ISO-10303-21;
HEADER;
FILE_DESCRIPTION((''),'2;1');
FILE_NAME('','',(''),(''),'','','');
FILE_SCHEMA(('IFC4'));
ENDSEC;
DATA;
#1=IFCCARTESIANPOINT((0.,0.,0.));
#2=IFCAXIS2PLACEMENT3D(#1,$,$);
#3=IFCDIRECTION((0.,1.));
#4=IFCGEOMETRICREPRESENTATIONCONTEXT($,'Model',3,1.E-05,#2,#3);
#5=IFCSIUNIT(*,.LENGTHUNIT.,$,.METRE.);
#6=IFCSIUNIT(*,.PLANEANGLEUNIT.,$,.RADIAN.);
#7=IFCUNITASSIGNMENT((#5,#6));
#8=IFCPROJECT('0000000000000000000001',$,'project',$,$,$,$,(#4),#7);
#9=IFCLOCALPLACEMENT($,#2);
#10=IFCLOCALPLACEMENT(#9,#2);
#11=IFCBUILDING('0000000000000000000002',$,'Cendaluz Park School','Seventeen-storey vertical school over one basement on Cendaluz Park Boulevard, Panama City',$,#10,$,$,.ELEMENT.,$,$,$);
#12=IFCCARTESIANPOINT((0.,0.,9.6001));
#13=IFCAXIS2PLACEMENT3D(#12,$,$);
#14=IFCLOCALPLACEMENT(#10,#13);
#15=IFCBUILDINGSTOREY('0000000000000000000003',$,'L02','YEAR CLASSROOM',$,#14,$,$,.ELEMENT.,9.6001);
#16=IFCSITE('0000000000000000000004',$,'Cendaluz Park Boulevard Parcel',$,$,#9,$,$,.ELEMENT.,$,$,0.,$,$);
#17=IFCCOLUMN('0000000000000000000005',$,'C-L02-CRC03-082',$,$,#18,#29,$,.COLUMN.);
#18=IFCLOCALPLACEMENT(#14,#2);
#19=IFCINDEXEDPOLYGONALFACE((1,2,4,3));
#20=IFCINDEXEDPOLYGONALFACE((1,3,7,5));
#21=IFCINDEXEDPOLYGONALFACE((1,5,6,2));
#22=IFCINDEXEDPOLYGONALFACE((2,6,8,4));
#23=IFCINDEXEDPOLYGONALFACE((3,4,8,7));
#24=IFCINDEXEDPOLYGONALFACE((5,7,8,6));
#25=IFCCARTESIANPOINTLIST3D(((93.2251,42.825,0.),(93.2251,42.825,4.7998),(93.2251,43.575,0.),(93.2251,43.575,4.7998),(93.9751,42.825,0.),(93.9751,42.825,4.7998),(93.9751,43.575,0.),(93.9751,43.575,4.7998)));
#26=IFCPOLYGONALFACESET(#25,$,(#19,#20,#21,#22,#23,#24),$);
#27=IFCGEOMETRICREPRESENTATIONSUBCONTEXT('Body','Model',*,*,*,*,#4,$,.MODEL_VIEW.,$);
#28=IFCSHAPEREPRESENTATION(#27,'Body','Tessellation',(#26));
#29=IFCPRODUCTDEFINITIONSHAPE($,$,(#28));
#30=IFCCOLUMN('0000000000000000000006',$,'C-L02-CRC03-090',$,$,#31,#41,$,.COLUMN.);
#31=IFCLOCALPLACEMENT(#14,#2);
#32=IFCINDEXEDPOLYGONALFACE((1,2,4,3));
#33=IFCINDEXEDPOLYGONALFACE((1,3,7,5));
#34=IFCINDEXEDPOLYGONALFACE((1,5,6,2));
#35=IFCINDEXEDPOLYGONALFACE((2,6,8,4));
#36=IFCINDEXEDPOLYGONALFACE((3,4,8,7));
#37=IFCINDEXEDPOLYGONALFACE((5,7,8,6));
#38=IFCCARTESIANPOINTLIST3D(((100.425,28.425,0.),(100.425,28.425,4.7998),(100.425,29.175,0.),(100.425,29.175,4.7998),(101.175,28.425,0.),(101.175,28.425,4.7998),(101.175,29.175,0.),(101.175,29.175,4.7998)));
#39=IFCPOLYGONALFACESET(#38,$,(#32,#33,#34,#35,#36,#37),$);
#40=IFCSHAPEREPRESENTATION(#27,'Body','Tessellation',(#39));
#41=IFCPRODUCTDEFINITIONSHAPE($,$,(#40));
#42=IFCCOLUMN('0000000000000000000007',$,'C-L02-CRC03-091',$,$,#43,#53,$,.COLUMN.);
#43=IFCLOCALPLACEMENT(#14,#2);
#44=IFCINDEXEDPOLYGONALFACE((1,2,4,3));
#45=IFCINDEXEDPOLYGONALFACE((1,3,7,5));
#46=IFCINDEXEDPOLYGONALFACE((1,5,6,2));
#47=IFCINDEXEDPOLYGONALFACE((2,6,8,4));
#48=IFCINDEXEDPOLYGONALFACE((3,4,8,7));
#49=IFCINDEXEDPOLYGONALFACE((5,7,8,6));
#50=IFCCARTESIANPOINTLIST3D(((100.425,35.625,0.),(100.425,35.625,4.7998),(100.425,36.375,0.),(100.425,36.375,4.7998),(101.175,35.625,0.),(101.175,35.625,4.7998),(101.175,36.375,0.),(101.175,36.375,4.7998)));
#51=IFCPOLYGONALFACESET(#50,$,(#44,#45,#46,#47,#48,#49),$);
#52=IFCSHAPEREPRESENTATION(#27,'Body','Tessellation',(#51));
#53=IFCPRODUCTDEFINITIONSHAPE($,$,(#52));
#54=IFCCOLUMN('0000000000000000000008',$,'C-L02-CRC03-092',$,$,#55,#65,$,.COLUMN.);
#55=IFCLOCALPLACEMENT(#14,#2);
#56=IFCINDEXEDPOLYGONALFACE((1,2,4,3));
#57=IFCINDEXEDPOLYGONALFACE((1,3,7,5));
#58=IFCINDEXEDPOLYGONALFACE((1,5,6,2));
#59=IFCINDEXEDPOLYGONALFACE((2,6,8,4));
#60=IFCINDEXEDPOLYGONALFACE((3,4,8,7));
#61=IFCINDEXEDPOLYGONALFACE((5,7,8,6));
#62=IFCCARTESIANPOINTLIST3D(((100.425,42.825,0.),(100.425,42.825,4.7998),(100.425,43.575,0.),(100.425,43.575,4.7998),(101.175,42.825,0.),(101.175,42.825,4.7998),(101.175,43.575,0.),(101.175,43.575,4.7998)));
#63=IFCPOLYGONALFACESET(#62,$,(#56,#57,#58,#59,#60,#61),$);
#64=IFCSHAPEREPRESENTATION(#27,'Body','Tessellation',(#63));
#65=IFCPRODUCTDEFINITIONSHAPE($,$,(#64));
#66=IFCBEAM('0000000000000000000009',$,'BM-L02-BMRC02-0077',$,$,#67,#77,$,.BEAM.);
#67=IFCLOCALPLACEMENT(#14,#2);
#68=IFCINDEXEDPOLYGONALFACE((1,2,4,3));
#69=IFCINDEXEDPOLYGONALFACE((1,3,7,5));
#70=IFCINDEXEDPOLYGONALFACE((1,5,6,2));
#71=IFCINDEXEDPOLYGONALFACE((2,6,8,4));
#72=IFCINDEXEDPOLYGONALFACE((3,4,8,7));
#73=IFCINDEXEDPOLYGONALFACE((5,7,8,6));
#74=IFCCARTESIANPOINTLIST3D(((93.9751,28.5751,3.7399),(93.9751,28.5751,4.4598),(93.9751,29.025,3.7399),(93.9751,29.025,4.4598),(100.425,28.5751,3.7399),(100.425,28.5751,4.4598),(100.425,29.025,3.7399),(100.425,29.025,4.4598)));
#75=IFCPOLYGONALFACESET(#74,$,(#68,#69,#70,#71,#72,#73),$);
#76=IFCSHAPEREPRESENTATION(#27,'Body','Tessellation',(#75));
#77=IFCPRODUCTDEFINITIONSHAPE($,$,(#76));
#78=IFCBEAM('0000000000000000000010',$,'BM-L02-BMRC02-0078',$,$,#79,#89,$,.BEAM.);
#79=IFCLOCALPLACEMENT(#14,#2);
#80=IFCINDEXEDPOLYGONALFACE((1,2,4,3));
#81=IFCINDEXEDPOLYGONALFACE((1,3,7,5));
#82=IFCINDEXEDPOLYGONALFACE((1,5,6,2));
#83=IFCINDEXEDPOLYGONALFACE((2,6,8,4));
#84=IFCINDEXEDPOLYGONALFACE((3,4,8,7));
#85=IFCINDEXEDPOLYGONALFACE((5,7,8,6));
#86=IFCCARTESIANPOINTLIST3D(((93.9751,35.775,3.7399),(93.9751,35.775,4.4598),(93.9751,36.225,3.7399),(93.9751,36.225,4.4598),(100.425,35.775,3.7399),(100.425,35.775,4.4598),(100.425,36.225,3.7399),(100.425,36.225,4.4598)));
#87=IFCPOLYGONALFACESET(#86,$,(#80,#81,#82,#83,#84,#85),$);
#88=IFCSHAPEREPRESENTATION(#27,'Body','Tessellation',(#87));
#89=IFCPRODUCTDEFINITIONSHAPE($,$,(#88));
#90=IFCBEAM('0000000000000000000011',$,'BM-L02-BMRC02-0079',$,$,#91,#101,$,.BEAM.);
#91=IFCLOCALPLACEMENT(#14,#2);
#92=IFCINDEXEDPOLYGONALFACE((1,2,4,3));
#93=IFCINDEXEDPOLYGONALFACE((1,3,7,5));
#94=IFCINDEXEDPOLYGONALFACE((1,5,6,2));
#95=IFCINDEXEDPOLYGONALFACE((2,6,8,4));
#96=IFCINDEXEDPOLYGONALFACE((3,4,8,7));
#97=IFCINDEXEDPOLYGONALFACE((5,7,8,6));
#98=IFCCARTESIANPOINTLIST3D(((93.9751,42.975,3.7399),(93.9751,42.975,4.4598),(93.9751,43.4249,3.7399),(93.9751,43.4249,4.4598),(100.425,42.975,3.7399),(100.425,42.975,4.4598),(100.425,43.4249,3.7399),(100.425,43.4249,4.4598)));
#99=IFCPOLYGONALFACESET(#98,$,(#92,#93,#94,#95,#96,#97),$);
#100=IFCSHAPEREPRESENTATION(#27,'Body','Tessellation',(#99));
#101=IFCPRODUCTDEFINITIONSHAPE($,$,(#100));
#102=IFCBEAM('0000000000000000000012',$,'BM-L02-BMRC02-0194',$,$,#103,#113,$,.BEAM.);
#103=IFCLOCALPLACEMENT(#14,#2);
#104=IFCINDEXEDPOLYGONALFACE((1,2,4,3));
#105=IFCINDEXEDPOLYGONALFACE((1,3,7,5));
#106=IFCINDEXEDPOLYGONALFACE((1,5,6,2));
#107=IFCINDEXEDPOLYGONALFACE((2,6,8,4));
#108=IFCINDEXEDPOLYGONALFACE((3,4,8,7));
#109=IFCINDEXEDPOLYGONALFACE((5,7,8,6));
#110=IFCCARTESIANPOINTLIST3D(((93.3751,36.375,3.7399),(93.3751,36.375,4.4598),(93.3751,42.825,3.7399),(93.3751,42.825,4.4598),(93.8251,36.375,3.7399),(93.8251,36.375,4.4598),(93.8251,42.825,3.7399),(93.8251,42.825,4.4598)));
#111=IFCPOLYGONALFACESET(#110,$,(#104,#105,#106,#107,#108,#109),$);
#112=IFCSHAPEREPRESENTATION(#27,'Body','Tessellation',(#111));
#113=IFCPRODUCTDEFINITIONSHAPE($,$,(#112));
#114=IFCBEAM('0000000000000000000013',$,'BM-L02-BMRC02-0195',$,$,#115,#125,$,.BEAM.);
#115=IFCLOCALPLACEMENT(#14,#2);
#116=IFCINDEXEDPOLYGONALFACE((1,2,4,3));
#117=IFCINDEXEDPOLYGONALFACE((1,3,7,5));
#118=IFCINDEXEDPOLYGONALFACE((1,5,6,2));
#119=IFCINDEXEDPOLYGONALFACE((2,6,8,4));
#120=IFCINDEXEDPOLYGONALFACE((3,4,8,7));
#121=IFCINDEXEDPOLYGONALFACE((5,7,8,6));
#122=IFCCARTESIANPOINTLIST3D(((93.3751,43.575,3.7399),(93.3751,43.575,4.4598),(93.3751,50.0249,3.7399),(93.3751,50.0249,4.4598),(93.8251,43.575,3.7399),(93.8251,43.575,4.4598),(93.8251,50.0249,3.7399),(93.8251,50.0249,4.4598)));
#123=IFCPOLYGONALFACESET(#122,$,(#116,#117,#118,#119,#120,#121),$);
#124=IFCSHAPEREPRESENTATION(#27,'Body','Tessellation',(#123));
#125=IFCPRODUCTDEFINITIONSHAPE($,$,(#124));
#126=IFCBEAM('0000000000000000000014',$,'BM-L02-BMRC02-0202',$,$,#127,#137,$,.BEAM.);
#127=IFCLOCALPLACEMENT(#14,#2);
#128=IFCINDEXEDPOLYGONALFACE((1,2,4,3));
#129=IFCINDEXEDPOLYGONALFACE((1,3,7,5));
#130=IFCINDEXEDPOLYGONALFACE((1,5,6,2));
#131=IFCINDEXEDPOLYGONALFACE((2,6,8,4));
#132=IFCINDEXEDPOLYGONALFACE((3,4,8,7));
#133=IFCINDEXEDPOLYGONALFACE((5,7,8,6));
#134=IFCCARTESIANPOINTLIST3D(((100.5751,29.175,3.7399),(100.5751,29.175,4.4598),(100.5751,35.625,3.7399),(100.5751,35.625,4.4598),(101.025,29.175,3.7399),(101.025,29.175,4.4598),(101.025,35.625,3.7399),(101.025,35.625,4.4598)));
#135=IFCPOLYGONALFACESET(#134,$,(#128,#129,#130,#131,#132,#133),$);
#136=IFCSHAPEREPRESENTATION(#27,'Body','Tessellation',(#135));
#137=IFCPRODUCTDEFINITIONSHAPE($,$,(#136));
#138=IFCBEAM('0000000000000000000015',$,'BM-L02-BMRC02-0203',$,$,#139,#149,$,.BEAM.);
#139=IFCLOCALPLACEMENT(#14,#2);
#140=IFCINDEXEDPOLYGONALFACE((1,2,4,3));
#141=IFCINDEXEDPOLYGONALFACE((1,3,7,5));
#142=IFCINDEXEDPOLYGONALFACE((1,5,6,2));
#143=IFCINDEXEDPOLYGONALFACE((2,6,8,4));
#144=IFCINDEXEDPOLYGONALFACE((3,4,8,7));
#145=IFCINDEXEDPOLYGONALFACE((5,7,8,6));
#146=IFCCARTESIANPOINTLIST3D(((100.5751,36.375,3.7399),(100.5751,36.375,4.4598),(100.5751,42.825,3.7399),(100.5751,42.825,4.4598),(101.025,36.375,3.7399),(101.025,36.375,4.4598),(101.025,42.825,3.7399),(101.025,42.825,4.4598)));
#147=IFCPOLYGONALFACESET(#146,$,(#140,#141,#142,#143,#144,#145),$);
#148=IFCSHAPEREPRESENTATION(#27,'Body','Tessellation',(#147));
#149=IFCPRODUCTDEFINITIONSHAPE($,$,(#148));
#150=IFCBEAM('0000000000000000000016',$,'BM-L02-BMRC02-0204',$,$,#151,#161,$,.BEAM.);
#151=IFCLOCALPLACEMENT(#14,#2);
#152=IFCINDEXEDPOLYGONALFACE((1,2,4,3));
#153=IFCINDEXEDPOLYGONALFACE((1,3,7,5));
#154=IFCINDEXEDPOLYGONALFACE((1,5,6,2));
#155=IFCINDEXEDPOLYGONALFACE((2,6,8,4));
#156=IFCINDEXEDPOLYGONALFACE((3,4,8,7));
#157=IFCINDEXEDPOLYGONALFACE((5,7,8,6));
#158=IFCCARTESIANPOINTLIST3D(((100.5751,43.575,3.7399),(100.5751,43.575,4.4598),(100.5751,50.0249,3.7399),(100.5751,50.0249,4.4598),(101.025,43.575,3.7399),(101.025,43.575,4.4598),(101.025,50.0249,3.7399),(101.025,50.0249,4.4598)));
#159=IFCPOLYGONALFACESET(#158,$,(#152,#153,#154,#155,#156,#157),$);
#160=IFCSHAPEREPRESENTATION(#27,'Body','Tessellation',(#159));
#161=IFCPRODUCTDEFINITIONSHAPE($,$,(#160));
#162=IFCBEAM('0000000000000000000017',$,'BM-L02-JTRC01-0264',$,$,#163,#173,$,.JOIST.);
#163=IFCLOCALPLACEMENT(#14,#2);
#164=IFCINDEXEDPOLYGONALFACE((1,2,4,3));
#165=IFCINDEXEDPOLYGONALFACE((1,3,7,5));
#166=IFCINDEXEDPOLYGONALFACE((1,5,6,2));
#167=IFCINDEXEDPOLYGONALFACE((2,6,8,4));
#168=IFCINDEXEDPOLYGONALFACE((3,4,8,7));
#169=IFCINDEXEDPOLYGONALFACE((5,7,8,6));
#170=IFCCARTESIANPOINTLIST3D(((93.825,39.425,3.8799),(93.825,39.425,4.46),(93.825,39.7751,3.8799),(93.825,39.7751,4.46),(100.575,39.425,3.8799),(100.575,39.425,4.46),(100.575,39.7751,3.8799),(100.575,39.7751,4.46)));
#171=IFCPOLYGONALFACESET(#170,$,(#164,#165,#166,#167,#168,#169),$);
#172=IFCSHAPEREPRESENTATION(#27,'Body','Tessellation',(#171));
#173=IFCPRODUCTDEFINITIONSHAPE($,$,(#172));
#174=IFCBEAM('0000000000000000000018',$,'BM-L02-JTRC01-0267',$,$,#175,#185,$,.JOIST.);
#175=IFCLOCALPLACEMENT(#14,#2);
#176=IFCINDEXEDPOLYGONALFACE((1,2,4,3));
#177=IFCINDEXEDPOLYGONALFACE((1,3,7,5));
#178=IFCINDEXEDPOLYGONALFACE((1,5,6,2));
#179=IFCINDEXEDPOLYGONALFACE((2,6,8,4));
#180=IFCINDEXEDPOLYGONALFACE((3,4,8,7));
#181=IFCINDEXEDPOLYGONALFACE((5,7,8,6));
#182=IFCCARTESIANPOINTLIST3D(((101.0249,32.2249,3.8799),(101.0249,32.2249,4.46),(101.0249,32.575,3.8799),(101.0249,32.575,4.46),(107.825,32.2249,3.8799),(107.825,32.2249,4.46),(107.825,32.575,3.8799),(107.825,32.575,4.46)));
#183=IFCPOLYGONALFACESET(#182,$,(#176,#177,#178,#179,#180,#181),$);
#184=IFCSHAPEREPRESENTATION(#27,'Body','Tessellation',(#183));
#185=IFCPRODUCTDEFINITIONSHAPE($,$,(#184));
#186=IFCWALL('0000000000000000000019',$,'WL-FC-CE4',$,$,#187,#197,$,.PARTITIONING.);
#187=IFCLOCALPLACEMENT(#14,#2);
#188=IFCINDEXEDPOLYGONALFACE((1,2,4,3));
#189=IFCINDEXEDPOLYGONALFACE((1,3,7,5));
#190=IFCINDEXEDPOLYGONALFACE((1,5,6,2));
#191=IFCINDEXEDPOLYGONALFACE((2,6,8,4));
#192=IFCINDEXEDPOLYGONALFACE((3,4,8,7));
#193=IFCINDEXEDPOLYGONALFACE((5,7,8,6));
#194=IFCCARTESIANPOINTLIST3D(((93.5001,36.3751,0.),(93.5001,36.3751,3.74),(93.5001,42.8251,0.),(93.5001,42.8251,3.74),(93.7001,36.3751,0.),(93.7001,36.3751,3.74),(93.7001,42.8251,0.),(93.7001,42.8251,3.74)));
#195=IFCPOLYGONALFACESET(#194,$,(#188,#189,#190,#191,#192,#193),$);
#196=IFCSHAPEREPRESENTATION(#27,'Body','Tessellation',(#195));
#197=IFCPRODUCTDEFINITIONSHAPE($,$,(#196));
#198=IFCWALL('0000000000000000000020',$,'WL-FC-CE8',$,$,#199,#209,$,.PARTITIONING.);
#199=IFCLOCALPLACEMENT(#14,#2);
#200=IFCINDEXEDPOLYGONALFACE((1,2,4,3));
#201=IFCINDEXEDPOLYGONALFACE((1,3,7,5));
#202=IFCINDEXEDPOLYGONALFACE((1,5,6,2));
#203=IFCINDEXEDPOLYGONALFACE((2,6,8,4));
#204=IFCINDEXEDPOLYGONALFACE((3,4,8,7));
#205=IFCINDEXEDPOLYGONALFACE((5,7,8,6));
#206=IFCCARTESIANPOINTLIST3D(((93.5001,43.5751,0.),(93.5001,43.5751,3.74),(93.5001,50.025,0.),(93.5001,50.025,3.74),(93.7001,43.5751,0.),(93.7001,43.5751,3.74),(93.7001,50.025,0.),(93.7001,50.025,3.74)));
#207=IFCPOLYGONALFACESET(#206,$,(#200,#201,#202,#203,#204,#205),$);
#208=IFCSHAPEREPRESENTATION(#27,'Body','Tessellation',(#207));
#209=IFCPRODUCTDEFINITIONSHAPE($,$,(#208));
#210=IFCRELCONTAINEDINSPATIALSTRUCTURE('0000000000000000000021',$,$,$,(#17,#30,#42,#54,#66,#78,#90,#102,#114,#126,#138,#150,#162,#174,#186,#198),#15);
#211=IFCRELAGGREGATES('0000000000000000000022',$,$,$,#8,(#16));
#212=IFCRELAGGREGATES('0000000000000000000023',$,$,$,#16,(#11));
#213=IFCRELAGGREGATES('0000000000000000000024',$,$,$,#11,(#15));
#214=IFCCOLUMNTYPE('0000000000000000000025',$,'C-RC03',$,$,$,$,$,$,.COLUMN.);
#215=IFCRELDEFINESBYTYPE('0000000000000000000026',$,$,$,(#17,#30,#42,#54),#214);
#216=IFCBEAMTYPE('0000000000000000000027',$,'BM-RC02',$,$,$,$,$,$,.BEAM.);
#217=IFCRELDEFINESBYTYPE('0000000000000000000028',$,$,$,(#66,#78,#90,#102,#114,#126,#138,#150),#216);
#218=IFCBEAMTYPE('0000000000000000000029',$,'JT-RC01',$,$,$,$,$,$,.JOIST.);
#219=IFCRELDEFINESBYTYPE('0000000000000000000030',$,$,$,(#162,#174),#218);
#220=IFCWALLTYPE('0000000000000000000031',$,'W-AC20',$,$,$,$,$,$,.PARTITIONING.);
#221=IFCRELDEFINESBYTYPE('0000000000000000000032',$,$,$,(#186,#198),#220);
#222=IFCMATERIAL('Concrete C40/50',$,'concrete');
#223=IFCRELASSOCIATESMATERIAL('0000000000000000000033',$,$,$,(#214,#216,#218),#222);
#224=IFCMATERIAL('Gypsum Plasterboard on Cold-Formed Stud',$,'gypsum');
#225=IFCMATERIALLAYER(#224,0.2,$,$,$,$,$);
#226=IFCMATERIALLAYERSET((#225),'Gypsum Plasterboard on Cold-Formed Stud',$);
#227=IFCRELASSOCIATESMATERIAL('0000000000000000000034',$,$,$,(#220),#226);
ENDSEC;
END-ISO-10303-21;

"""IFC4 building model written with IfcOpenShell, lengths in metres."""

from ifc_helpers import new_model, si_unit, direction, frame, frame_2d, origin, origin_2d, place, context, subcontext, project, spatial, rectangle, extrude, material, layer, layer_set, material_profile, profile_set, type_object, element, save


model = new_model("IFC4")

# Units and contexts
model_context = context("Model", 3, precision=1e-05, world=origin(), true_north=direction((0.0, 1.0)))
body_context = subcontext(model_context, "Body", "Model", "MODEL_VIEW")
ifc_project = project(units=[si_unit("LENGTHUNIT", "METRE"), si_unit("PLANEANGLEUNIT", "RADIAN")], contexts=[model_context])

# Site, building, storey
site_placement = place(None, origin())
site = spatial("IfcSite", under=ifc_project, at=site_placement, Name="Cendaluz Park Boulevard Parcel", CompositionType="ELEMENT", RefElevation=0.0)
building_placement = place(site_placement, origin())
building = spatial("IfcBuilding", under=site, at=building_placement, Name="Cendaluz Park School", Description="Seventeen-storey vertical school over one basement on Cendaluz Park Boulevard, Panama City", CompositionType="ELEMENT")
storey_placement = place(building_placement, frame((0.0, 0.0, 9.6001)))
storey = spatial("IfcBuildingStorey", under=building, at=storey_placement, Name="L02", Description="YEAR CLASSROOM", CompositionType="ELEMENT", Elevation=9.6001)

# Columns
ifc_material_1 = material(Name="Concrete C40/50", Category="concrete")
ifc_material_profile_1 = material_profile(ifc_material_1, rectangle(XDim=0.75, YDim=0.75, at=origin_2d()), Name="RC 750x750", Category="concrete")
ifc_profile_set_1 = profile_set([ifc_material_profile_1], Name="Concrete C40/50")
column_type = type_object("IfcColumnType", Name="C-RC03", PredefinedType="COLUMN", material=ifc_profile_set_1)
for number, where, z_axis, x_axis, name in (
    (1, (93.6001, 43.2, 0.0), (0.0, 0.0, 1.0), (1.0, 0.0, 0.0), "C-L02-CRC03-082"),
    (2, (100.8, 28.8, 0.0), (0.0, 0.0, 1.0), (1.0, 0.0, 0.0), "C-L02-CRC03-090"),
    (3, (100.8, 36.0, 0.0), (0.0, 0.0, 1.0), (1.0, 0.0, 0.0), "C-L02-CRC03-091"),
    (4, (100.8, 43.2, 0.0), (0.0, 0.0, 1.0), (1.0, 0.0, 0.0), "C-L02-CRC03-092"),
):
    element("IfcColumn", number, at=place(storey_placement, frame(where, z_axis=z_axis, x_axis=x_axis)), inside=storey, type_object=column_type, Name=name, PredefinedType="COLUMN", context=body_context, shape_type="SweptSolid", body=[
        extrude(rectangle(XDim=0.75, YDim=0.75, at=origin_2d()), origin(), (0.0, 0.0, 1.0), 4.7998),
    ])

# Beams
ifc_material_profile_2 = material_profile(ifc_material_1, rectangle(XDim=0.45, YDim=0.72, at=origin_2d()), Name="RC 450x720", Category="concrete")
ifc_profile_set_2 = profile_set([ifc_material_profile_2], Name="Concrete C40/50")
beam_type_1 = type_object("IfcBeamType", Name="BM-RC02", PredefinedType="BEAM", material=ifc_profile_set_2)
for number, where, z_axis, x_axis, name in (
    (5, (93.9751, 28.8, 4.0999), (1.0, 0.0, 0.0), (0.0, 1.0, 0.0), "BM-L02-BMRC02-0077"),
    (6, (93.9751, 36.0, 4.0999), (1.0, 0.0, 0.0), (0.0, 1.0, 0.0), "BM-L02-BMRC02-0078"),
    (7, (93.9751, 43.2, 4.0999), (1.0, 0.0, 0.0), (0.0, 1.0, 0.0), "BM-L02-BMRC02-0079"),
    (8, (93.6001, 36.375, 4.0999), (0.0, 1.0, 0.0), (-1.0, 0.0, 0.0), "BM-L02-BMRC02-0194"),
    (9, (93.6001, 43.575, 4.0999), (0.0, 1.0, 0.0), (-1.0, 0.0, 0.0), "BM-L02-BMRC02-0195"),
    (10, (100.8, 29.175, 4.0999), (0.0, 1.0, 0.0), (-1.0, 0.0, 0.0), "BM-L02-BMRC02-0202"),
    (11, (100.8, 36.375, 4.0999), (0.0, 1.0, 0.0), (-1.0, 0.0, 0.0), "BM-L02-BMRC02-0203"),
    (12, (100.8, 43.575, 4.0999), (0.0, 1.0, 0.0), (-1.0, 0.0, 0.0), "BM-L02-BMRC02-0204"),
):
    element("IfcBeam", number, at=place(storey_placement, frame(where, z_axis=z_axis, x_axis=x_axis)), inside=storey, type_object=beam_type_1, Name=name, PredefinedType="BEAM", context=body_context, shape_type="SweptSolid", body=[
        extrude(rectangle(XDim=0.45, YDim=0.72, at=origin_2d()), origin(), (0.0, 0.0, 1.0), 6.45),
    ])
ifc_material_profile_3 = material_profile(ifc_material_1, rectangle(XDim=0.3501, YDim=0.5801, at=origin_2d()), Name="RC 350x580", Category="concrete")
ifc_profile_set_3 = profile_set([ifc_material_profile_3], Name="Concrete C40/50")
beam_type_2 = type_object("IfcBeamType", Name="JT-RC01", PredefinedType="JOIST", material=ifc_profile_set_3)
beam_1_placement = place(storey_placement, frame((93.825, 39.6001, 4.1699), z_axis=(1.0, 0.0, 0.0), x_axis=(0.0, 1.0, 0.0)))
element("IfcBeam", 13, at=beam_1_placement, inside=storey, type_object=beam_type_2, Name="BM-L02-JTRC01-0264", PredefinedType="JOIST", context=body_context, shape_type="SweptSolid", body=[
    extrude(rectangle(XDim=0.3501, YDim=0.5801, at=origin_2d()), origin(), (0.0, 0.0, 1.0), 6.75),
])
beam_2_placement = place(storey_placement, frame((101.0249, 32.3999, 4.1699), z_axis=(1.0, 0.0, 0.0), x_axis=(0.0, 1.0, 0.0)))
element("IfcBeam", 14, at=beam_2_placement, inside=storey, type_object=beam_type_2, Name="BM-L02-JTRC01-0267", PredefinedType="JOIST", context=body_context, shape_type="SweptSolid", body=[
    extrude(rectangle(XDim=0.3501, YDim=0.5801, at=origin_2d()), origin(), (0.0, 0.0, 1.0), 6.8),
])

# Walls
ifc_material_2 = material(Name="Gypsum Plasterboard on Cold-Formed Stud", Category="gypsum")
ifc_layer_1 = layer(ifc_material_2, 0.2)
ifc_layer_set_1 = layer_set([ifc_layer_1], Name="Gypsum Plasterboard on Cold-Formed Stud")
wall_type_1 = type_object("IfcWallType", Name="W-AC20", PredefinedType="PARTITIONING", material=ifc_layer_set_1)
for number, where, z_axis, x_axis, name in (
    (15, (93.6001, 36.375, 0.0), (0.0, 0.0, 1.0), (0.0, 1.0, 0.0), "WL-FC-CE4"),
    (16, (93.6001, 43.575, 0.0), (0.0, 0.0, 1.0), (0.0, 1.0, 0.0), "WL-FC-CE8"),
):
    element("IfcWall", number, at=place(storey_placement, frame(where, z_axis=z_axis, x_axis=x_axis)), inside=storey, type_object=wall_type_1, Name=name, PredefinedType="PARTITIONING", context=body_context, shape_type="SweptSolid", body=[
        extrude(rectangle(XDim=6.45, YDim=0.2, at=frame_2d((3.2251, 0.0))), origin(), (0.0, 0.0, 1.0), 3.74),
    ])

save(model, "model.ifc")
